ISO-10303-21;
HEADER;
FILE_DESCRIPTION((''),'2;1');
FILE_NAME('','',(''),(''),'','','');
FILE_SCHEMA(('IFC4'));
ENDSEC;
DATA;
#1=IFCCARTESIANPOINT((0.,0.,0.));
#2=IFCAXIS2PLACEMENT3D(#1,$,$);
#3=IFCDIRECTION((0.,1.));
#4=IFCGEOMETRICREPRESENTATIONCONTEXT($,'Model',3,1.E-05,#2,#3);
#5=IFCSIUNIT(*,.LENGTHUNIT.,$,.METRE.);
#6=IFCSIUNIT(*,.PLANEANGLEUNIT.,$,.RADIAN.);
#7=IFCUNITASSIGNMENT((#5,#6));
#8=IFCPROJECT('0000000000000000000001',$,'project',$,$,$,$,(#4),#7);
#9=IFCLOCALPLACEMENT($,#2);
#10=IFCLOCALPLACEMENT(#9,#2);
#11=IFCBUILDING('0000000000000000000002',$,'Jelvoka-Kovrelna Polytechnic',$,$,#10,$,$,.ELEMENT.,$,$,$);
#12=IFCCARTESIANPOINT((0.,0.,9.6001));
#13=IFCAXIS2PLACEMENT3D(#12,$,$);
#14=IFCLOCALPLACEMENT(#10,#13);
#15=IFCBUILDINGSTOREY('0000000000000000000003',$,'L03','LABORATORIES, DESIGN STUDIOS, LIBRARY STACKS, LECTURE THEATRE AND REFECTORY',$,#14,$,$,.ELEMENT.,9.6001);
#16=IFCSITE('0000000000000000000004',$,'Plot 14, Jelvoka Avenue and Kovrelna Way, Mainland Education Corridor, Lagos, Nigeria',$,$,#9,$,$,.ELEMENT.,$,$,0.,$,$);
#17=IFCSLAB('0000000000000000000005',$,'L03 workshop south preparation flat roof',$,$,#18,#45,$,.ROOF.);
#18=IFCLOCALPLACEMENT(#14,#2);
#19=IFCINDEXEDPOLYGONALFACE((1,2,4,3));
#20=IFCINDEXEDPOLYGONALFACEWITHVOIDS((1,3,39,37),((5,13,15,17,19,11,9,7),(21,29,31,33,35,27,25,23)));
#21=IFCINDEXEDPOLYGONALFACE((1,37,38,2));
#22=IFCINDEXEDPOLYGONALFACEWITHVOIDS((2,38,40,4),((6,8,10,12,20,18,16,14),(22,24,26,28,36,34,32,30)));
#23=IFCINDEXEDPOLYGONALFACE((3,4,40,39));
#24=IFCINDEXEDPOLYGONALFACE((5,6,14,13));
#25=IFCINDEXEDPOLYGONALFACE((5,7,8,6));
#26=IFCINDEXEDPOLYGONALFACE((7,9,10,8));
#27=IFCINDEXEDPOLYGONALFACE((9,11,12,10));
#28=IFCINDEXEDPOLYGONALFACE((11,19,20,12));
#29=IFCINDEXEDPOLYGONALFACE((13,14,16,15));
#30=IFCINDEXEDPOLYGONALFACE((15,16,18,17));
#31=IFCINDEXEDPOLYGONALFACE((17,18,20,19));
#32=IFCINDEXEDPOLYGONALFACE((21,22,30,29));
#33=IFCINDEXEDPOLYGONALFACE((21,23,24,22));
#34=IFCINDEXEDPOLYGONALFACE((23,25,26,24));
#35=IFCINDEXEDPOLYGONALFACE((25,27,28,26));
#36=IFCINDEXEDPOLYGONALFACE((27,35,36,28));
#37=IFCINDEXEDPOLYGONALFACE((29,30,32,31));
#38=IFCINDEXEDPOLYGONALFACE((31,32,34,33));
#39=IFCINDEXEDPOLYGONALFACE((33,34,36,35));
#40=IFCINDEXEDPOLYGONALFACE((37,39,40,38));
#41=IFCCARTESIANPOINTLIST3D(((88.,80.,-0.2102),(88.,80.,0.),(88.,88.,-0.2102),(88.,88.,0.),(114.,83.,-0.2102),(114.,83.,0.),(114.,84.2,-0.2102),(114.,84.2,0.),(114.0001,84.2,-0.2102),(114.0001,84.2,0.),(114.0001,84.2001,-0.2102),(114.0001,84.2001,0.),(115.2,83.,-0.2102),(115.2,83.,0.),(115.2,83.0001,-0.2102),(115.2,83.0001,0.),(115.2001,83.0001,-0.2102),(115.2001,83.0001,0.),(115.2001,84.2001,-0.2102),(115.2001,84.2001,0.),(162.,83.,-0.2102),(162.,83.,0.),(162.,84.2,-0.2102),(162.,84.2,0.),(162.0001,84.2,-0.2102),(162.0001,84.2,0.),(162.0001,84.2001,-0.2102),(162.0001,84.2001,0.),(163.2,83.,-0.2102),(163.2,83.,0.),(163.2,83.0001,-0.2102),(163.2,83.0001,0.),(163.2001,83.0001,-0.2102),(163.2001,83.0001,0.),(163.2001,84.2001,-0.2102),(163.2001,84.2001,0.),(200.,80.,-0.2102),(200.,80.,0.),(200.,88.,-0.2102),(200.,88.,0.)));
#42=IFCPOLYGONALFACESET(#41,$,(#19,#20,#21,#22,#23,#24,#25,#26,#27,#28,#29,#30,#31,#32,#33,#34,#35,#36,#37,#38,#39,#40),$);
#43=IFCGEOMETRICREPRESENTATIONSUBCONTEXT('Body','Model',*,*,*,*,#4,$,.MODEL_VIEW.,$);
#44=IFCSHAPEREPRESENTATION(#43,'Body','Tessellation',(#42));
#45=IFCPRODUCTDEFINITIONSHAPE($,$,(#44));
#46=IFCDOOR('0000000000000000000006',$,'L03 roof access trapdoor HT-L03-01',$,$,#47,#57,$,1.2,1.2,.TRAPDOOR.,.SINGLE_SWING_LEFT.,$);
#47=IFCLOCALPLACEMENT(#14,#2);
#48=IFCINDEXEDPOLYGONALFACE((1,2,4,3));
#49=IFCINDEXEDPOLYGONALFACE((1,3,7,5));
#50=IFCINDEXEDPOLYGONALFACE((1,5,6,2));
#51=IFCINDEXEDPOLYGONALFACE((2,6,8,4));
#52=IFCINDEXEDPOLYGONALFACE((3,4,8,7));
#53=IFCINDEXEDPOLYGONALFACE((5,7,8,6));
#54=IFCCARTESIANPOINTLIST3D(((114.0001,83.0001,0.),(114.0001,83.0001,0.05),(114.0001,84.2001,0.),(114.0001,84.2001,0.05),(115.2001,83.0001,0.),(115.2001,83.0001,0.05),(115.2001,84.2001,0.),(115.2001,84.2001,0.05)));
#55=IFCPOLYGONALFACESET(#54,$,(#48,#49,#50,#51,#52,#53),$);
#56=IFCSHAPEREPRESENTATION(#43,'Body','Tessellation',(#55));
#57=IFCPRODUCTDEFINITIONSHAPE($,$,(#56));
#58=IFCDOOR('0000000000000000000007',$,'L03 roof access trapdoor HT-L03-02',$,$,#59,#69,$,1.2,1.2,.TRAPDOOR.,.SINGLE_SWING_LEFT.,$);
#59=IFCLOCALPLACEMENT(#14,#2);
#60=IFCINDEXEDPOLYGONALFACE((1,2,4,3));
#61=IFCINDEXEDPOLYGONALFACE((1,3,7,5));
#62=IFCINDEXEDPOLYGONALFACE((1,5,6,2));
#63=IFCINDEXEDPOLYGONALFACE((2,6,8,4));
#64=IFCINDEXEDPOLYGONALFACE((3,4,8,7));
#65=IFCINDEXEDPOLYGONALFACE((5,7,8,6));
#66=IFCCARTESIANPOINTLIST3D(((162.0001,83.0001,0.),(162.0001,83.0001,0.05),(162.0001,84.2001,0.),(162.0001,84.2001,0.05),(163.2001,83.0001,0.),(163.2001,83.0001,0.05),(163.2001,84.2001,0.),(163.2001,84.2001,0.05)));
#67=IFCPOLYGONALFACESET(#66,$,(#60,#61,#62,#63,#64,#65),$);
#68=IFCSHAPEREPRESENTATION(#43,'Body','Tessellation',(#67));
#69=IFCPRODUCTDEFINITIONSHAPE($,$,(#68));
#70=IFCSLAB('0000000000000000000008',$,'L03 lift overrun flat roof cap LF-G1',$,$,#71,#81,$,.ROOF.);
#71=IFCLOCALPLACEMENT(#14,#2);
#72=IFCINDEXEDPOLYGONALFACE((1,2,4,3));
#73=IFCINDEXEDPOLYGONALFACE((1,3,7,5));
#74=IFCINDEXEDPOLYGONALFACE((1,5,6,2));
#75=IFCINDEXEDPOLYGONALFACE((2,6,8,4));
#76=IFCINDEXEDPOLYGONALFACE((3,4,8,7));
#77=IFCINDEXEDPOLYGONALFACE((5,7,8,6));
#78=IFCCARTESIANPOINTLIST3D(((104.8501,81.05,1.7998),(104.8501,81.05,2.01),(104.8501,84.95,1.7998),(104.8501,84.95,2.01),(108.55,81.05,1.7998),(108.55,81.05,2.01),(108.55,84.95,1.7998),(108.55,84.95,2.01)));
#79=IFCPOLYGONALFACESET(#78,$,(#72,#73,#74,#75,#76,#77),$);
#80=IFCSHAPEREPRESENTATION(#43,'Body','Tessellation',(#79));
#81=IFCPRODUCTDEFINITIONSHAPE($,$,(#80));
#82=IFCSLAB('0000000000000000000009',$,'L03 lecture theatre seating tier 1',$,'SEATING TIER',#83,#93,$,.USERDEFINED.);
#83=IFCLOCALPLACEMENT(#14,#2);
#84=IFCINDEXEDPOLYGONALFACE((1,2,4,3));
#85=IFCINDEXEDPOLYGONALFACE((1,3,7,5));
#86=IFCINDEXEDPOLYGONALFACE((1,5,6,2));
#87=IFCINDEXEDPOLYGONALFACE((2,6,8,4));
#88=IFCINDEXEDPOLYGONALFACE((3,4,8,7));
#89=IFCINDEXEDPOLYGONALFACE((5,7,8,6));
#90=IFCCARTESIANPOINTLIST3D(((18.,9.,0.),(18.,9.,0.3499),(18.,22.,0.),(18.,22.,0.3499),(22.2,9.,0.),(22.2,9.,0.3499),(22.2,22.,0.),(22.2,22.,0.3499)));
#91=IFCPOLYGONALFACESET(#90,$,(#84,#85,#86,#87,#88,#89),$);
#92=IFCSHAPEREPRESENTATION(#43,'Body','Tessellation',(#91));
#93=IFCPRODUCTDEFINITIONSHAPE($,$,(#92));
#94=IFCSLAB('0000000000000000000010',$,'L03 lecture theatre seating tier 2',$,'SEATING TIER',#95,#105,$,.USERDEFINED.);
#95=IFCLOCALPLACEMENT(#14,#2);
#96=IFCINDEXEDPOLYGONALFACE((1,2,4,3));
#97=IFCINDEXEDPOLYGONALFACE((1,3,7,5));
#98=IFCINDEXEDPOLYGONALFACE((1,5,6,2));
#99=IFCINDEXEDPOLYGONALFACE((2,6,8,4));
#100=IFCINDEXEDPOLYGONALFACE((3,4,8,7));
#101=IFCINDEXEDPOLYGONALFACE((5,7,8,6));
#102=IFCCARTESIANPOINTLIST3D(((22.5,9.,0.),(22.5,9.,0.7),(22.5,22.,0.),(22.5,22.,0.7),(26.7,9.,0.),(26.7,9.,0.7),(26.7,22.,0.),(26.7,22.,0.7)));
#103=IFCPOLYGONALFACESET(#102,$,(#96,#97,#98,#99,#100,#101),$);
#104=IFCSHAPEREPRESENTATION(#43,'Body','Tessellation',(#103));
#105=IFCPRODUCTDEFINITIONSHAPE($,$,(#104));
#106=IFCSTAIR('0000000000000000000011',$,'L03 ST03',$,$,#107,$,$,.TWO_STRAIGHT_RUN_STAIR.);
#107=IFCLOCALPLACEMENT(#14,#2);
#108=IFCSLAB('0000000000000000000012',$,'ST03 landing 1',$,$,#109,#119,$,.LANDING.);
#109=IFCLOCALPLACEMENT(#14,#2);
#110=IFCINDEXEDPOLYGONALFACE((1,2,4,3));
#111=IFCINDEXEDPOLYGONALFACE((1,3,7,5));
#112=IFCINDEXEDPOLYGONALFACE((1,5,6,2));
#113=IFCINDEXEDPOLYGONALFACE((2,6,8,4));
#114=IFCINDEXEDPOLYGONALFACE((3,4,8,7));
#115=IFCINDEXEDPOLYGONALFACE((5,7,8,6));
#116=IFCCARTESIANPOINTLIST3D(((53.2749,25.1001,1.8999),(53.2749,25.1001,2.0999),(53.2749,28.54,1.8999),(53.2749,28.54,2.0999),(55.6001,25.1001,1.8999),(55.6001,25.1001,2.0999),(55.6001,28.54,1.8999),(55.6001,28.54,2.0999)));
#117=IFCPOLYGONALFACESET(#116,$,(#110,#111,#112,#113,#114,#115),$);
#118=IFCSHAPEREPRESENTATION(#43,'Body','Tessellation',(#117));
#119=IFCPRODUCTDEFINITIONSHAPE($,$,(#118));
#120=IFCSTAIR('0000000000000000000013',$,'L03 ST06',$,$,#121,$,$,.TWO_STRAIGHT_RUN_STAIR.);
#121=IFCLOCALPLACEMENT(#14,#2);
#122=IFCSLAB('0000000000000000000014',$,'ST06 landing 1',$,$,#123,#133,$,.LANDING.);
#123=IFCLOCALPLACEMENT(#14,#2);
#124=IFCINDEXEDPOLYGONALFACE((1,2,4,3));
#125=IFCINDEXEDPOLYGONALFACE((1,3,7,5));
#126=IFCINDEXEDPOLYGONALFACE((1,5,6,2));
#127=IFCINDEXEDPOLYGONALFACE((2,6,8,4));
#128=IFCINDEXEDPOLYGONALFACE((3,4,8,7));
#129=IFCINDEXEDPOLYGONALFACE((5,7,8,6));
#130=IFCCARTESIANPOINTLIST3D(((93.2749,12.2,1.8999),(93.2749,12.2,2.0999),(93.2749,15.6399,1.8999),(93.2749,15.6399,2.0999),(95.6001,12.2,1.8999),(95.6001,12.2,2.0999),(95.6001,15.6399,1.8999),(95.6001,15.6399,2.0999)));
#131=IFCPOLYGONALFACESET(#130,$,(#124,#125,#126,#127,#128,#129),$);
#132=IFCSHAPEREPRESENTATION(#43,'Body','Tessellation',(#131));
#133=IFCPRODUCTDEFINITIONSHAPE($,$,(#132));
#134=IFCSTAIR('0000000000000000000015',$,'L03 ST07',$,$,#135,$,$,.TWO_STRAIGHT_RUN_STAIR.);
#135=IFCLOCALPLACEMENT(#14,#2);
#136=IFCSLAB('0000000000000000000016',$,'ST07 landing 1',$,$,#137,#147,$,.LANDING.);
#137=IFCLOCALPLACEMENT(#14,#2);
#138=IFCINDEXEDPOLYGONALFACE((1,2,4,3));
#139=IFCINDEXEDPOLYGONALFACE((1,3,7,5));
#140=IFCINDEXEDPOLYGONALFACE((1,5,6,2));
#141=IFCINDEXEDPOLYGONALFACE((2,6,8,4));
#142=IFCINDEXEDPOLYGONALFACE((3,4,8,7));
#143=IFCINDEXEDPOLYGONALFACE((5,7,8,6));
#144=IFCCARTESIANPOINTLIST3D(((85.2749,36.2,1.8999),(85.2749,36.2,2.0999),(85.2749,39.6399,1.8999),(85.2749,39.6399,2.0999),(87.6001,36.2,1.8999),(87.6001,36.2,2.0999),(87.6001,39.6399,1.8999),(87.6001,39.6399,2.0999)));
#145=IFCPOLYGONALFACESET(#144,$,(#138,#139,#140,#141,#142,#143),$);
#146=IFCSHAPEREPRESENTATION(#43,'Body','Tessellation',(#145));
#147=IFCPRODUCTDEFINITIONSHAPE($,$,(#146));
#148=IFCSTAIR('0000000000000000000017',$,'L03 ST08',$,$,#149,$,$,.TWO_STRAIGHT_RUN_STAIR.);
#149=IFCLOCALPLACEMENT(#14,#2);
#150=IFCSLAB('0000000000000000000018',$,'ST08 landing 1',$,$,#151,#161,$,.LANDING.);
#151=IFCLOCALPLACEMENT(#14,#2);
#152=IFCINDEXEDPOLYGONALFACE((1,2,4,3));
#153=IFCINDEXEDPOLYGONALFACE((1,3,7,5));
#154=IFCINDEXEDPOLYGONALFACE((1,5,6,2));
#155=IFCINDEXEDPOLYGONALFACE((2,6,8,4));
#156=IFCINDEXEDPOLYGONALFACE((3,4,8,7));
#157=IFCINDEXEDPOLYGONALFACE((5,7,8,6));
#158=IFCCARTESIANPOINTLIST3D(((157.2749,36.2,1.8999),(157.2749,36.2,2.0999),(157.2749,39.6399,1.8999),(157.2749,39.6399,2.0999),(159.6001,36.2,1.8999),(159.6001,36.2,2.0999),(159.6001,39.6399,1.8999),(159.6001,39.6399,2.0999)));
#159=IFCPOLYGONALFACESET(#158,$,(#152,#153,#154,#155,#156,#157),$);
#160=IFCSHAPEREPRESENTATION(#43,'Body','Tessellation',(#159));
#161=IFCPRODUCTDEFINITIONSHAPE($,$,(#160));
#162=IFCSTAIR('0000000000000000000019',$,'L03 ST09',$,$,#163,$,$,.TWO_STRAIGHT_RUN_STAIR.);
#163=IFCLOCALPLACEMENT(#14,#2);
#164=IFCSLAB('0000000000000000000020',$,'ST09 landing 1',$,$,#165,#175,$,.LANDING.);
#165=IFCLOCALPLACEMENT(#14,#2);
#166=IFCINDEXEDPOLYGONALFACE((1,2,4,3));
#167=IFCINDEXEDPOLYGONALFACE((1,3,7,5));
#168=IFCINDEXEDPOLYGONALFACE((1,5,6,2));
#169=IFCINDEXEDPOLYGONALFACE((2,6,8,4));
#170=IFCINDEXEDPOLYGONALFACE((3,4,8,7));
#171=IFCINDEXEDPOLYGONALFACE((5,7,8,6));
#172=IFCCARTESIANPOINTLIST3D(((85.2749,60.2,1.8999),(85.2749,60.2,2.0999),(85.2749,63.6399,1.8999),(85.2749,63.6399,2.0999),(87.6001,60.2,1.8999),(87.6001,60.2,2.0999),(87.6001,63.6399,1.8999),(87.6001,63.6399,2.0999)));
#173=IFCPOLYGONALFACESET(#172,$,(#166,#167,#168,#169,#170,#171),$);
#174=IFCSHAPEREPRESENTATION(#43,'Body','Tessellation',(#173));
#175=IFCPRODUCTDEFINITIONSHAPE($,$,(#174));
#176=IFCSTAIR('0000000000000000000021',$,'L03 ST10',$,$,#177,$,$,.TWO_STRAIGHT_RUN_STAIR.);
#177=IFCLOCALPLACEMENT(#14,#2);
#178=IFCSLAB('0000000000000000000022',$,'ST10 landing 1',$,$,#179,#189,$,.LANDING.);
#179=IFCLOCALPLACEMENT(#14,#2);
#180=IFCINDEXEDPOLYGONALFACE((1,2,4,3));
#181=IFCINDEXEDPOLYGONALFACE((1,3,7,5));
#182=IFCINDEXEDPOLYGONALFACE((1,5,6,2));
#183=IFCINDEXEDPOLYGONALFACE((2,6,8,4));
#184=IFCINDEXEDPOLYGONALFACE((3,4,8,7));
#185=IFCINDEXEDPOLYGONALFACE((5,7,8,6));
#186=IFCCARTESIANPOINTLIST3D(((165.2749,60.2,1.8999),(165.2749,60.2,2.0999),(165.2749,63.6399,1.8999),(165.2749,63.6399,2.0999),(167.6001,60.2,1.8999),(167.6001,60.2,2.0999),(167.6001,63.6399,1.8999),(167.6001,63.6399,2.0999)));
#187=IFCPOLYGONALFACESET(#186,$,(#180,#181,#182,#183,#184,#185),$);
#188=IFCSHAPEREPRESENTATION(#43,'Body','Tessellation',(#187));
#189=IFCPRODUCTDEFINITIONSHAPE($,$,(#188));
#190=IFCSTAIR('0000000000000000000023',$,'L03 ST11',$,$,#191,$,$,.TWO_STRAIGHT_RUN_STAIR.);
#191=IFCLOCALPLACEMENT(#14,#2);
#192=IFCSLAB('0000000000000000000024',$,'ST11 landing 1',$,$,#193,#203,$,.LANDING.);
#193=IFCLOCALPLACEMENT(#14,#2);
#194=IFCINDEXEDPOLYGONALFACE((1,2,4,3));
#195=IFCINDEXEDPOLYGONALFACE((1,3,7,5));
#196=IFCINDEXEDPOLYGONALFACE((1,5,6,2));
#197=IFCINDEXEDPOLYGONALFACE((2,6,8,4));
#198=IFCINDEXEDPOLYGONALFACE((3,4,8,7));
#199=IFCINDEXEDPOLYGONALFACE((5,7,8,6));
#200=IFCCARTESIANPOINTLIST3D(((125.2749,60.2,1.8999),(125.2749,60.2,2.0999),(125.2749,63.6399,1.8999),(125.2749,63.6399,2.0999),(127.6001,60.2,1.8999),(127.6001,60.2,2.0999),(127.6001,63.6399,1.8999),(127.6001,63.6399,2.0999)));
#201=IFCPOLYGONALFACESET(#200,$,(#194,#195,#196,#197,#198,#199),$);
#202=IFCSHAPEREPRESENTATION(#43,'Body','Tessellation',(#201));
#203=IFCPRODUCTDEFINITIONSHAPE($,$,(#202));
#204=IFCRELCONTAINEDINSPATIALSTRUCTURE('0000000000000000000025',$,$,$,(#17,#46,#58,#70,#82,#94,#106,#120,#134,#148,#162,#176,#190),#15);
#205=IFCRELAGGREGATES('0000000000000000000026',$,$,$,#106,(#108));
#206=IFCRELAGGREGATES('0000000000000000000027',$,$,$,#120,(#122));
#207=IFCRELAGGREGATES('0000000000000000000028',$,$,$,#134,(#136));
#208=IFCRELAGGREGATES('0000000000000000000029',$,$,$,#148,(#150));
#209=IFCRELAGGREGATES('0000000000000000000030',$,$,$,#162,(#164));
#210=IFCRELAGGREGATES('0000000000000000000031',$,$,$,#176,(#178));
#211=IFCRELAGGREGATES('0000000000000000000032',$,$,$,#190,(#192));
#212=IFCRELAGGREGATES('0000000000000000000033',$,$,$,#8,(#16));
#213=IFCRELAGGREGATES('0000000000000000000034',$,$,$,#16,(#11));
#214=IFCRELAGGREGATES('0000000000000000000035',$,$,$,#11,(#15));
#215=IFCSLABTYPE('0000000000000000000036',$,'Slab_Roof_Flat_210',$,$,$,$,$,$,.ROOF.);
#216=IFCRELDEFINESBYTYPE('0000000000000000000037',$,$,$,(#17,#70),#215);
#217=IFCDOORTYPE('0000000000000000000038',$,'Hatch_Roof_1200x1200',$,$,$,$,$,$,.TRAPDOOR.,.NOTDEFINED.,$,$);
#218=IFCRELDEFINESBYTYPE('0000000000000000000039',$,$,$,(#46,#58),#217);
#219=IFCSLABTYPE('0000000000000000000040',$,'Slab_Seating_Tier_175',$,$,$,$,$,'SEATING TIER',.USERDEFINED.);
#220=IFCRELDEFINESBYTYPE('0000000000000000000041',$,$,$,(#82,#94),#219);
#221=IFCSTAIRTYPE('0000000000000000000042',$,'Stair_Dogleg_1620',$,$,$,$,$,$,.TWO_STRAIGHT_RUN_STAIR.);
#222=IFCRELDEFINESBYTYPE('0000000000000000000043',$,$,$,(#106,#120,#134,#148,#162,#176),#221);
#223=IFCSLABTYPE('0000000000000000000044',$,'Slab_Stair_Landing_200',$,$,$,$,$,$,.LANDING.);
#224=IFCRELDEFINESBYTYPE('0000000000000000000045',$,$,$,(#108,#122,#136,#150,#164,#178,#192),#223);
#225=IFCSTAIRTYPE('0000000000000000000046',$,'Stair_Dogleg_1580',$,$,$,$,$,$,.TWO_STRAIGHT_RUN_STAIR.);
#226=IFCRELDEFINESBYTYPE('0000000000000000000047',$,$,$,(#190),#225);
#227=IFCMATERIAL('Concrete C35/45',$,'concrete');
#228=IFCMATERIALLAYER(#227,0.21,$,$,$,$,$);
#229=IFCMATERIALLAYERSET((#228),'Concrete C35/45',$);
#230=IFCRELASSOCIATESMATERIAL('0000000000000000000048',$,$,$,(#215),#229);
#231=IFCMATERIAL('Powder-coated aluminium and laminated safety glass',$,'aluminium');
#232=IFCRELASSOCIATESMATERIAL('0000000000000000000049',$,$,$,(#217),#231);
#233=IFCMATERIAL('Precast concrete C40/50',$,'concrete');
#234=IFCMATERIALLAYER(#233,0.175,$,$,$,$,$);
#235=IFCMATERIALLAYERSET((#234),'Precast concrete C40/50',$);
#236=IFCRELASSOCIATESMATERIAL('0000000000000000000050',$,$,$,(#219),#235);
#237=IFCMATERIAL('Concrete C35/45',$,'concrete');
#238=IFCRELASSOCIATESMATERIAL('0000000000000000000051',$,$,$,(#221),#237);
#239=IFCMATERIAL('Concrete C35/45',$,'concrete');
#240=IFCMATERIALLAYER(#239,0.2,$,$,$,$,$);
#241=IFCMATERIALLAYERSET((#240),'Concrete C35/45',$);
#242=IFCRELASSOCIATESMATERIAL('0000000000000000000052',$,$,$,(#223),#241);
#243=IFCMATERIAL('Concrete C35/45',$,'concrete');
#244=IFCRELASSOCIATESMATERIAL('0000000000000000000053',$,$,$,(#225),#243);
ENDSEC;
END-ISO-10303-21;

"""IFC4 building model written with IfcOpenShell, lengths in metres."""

from ifc_helpers import new_model, si_unit, direction, frame, origin, origin_2d, place, context, subcontext, project, spatial, polyline, rectangle, outline, extrude, material, layer, layer_set, type_object, element, fill, aggregate, save


model = new_model("IFC4")

# Units and contexts
model_context = context("Model", 3, precision=1e-05, world=origin(), true_north=direction((0.0, 1.0)))
body_context = subcontext(model_context, "Body", "Model", "MODEL_VIEW")
ifc_project = project(units=[si_unit("LENGTHUNIT", "METRE"), si_unit("PLANEANGLEUNIT", "RADIAN")], contexts=[model_context])

# Site, building, storey
site_placement = place(None, origin())
site = spatial("IfcSite", under=ifc_project, at=site_placement, Name="Plot 14, Jelvoka Avenue and Kovrelna Way, Mainland Education Corridor, Lagos, Nigeria", CompositionType="ELEMENT", RefElevation=0.0)
building_placement = place(site_placement, origin())
building = spatial("IfcBuilding", under=site, at=building_placement, Name="Jelvoka-Kovrelna Polytechnic", CompositionType="ELEMENT")
storey_placement = place(building_placement, frame((0.0, 0.0, 9.6001)))
storey = spatial("IfcBuildingStorey", under=building, at=storey_placement, Name="L03", Description="LABORATORIES, DESIGN STUDIOS, LIBRARY STACKS, LECTURE THEATRE AND REFECTORY", CompositionType="ELEMENT", Elevation=9.6001)

# Slab, openings, doors
ifc_material_1 = material(Name="Concrete C35/45", Category="concrete")
ifc_layer_1 = layer(ifc_material_1, 0.21)
ifc_layer_set_1 = layer_set([ifc_layer_1], Name="Concrete C35/45")
slab_type_1 = type_object("IfcSlabType", Name="Slab_Roof_Flat_210", PredefinedType="ROOF", material=ifc_layer_set_1)
slab_1_placement = place(storey_placement, frame((0.0, 0.0, -0.2102)))
slab_1 = element("IfcSlab", 1, at=slab_1_placement, inside=storey, type_object=slab_type_1, Name="L03 workshop south preparation flat roof", PredefinedType="ROOF", context=body_context, shape_type="SweptSolid", body=[
    extrude(outline(polyline([(88.0, 80.0), (200.0, 80.0), (200.0, 88.0), (88.0, 88.0), (88.0, 80.0)]), holes=[polyline([(114.0, 83.0), (115.2, 83.0), (115.2, 84.2), (114.0, 84.2), (114.0, 83.0)]), polyline([(162.0, 83.0), (163.2, 83.0), (163.2, 84.2), (162.0, 84.2), (162.0, 83.0)])]), origin(), (0.0, 0.0, 1.0), 0.2102),
])
opening_1_placement = place(slab_1_placement, frame((114.6001, 83.6001, 0.0)))
opening_1 = element("IfcOpeningElement", 2, at=opening_1_placement, cuts=slab_1, PredefinedType="OPENING", context=body_context, shape_type="SweptSolid", body=[
    extrude(rectangle(XDim=1.2, YDim=1.2, at=origin_2d()), frame((0.0, 0.0, -0.01)), (0.0, 0.0, 1.0), 0.2803),
])
opening_2_placement = place(slab_1_placement, frame((162.6001, 83.6001, 0.0)))
opening_2 = element("IfcOpeningElement", 3, at=opening_2_placement, cuts=slab_1, PredefinedType="OPENING", context=body_context, shape_type="SweptSolid", body=[
    extrude(rectangle(XDim=1.2, YDim=1.2, at=origin_2d()), frame((0.0, 0.0, -0.01)), (0.0, 0.0, 1.0), 0.2803),
])
ifc_material_2 = material(Name="Powder-coated aluminium and laminated safety glass", Category="aluminium")
door_type = type_object("IfcDoorType", Name="Hatch_Roof_1200x1200", OperationType="NOTDEFINED", PredefinedType="TRAPDOOR", material=ifc_material_2)
door_1_placement = place(opening_1_placement, frame((0.0, 0.0, 0.2102)))
door_1 = element("IfcDoor", 4, at=door_1_placement, inside=storey, type_object=door_type, Name="L03 roof access trapdoor HT-L03-01", OperationType="SINGLE_SWING_LEFT", OverallHeight=1.2, OverallWidth=1.2, PredefinedType="TRAPDOOR", context=body_context, shape_type="SweptSolid", body=[
    extrude(rectangle(XDim=1.2, YDim=1.2, at=origin_2d()), origin(), (0.0, 0.0, 1.0), 0.05),
])
fill(opening_1, door_1)
door_2_placement = place(opening_2_placement, frame((0.0, 0.0, 0.2102)))
door_2 = element("IfcDoor", 5, at=door_2_placement, inside=storey, type_object=door_type, Name="L03 roof access trapdoor HT-L03-02", OperationType="SINGLE_SWING_LEFT", OverallHeight=1.2, OverallWidth=1.2, PredefinedType="TRAPDOOR", context=body_context, shape_type="SweptSolid", body=[
    extrude(rectangle(XDim=1.2, YDim=1.2, at=origin_2d()), origin(), (0.0, 0.0, 1.0), 0.05),
])
fill(opening_2, door_2)

# Slabs
slab_2_placement = place(storey_placement, frame((0.0, 0.0, 1.7998)))
element("IfcSlab", 6, at=slab_2_placement, inside=storey, type_object=slab_type_1, Name="L03 lift overrun flat roof cap LF-G1", PredefinedType="ROOF", context=body_context, shape_type="SweptSolid", body=[
    extrude(outline(polyline([(104.8501, 81.05), (108.55, 81.05), (108.55, 84.95), (104.8501, 84.95), (104.8501, 81.05)])), origin(), (0.0, 0.0, 1.0), 0.2102),
])
ifc_material_3 = material(Name="Precast concrete C40/50", Category="concrete")
ifc_layer_2 = layer(ifc_material_3, 0.175)
ifc_layer_set_2 = layer_set([ifc_layer_2], Name="Precast concrete C40/50")
slab_type_2 = type_object("IfcSlabType", Name="Slab_Seating_Tier_175", ElementType="SEATING TIER", PredefinedType="USERDEFINED", material=ifc_layer_set_2)
slab_3_placement = place(storey_placement, origin())
element("IfcSlab", 7, at=slab_3_placement, inside=storey, type_object=slab_type_2, Name="L03 lecture theatre seating tier 1", ObjectType="SEATING TIER", PredefinedType="USERDEFINED", context=body_context, shape_type="SweptSolid", body=[
    extrude(outline(polyline([(18.0, 9.0), (22.2, 9.0), (22.2, 22.0), (18.0, 22.0), (18.0, 9.0)])), origin(), (0.0, 0.0, 1.0), 0.3499),
])
slab_4_placement = place(storey_placement, origin())
element("IfcSlab", 8, at=slab_4_placement, inside=storey, type_object=slab_type_2, Name="L03 lecture theatre seating tier 2", ObjectType="SEATING TIER", PredefinedType="USERDEFINED", context=body_context, shape_type="SweptSolid", body=[
    extrude(outline(polyline([(22.5, 9.0), (26.7, 9.0), (26.7, 22.0), (22.5, 22.0), (22.5, 9.0)])), origin(), (0.0, 0.0, 1.0), 0.7),
])

# Stairs, slabs
ifc_material_4 = material(Name="Concrete C35/45", Category="concrete")
stair_type_1 = type_object("IfcStairType", Name="Stair_Dogleg_1620", PredefinedType="TWO_STRAIGHT_RUN_STAIR", material=ifc_material_4)
stair_1_placement = place(storey_placement, origin())
stair_1 = element("IfcStair", 9, at=stair_1_placement, inside=storey, type_object=stair_type_1, Name="L03 ST03", PredefinedType="TWO_STRAIGHT_RUN_STAIR")
ifc_material_5 = material(Name="Concrete C35/45", Category="concrete")
ifc_layer_3 = layer(ifc_material_5, 0.2)
ifc_layer_set_3 = layer_set([ifc_layer_3], Name="Concrete C35/45")
slab_type_3 = type_object("IfcSlabType", Name="Slab_Stair_Landing_200", PredefinedType="LANDING", material=ifc_layer_set_3)
slab_5_placement = place(storey_placement, frame((0.0, 0.0, 1.8999)))
slab_5 = element("IfcSlab", 10, at=slab_5_placement, type_object=slab_type_3, Name="ST03 landing 1", PredefinedType="LANDING", context=body_context, shape_type="SweptSolid", body=[
    extrude(outline(polyline([(53.2749, 25.1001), (55.6001, 25.1001), (55.6001, 28.54), (53.2749, 28.54), (53.2749, 25.1001)])), origin(), (0.0, 0.0, 1.0), 0.2),
])
aggregate(stair_1, [slab_5])
stair_2_placement = place(storey_placement, origin())
stair_2 = element("IfcStair", 11, at=stair_2_placement, inside=storey, type_object=stair_type_1, Name="L03 ST06", PredefinedType="TWO_STRAIGHT_RUN_STAIR")
slab_6_placement = place(storey_placement, frame((0.0, 0.0, 1.8999)))
slab_6 = element("IfcSlab", 12, at=slab_6_placement, type_object=slab_type_3, Name="ST06 landing 1", PredefinedType="LANDING", context=body_context, shape_type="SweptSolid", body=[
    extrude(outline(polyline([(93.2749, 12.2), (95.6001, 12.2), (95.6001, 15.6399), (93.2749, 15.6399), (93.2749, 12.2)])), origin(), (0.0, 0.0, 1.0), 0.2),
])
aggregate(stair_2, [slab_6])
stair_3_placement = place(storey_placement, origin())
stair_3 = element("IfcStair", 13, at=stair_3_placement, inside=storey, type_object=stair_type_1, Name="L03 ST07", PredefinedType="TWO_STRAIGHT_RUN_STAIR")
slab_7_placement = place(storey_placement, frame((0.0, 0.0, 1.8999)))
slab_7 = element("IfcSlab", 14, at=slab_7_placement, type_object=slab_type_3, Name="ST07 landing 1", PredefinedType="LANDING", context=body_context, shape_type="SweptSolid", body=[
    extrude(outline(polyline([(85.2749, 36.2), (87.6001, 36.2), (87.6001, 39.6399), (85.2749, 39.6399), (85.2749, 36.2)])), origin(), (0.0, 0.0, 1.0), 0.2),
])
aggregate(stair_3, [slab_7])
stair_4_placement = place(storey_placement, origin())
stair_4 = element("IfcStair", 15, at=stair_4_placement, inside=storey, type_object=stair_type_1, Name="L03 ST08", PredefinedType="TWO_STRAIGHT_RUN_STAIR")
slab_8_placement = place(storey_placement, frame((0.0, 0.0, 1.8999)))
slab_8 = element("IfcSlab", 16, at=slab_8_placement, type_object=slab_type_3, Name="ST08 landing 1", PredefinedType="LANDING", context=body_context, shape_type="SweptSolid", body=[
    extrude(outline(polyline([(157.2749, 36.2), (159.6001, 36.2), (159.6001, 39.6399), (157.2749, 39.6399), (157.2749, 36.2)])), origin(), (0.0, 0.0, 1.0), 0.2),
])
aggregate(stair_4, [slab_8])
stair_5_placement = place(storey_placement, origin())
stair_5 = element("IfcStair", 17, at=stair_5_placement, inside=storey, type_object=stair_type_1, Name="L03 ST09", PredefinedType="TWO_STRAIGHT_RUN_STAIR")
slab_9_placement = place(storey_placement, frame((0.0, 0.0, 1.8999)))
slab_9 = element("IfcSlab", 18, at=slab_9_placement, type_object=slab_type_3, Name="ST09 landing 1", PredefinedType="LANDING", context=body_context, shape_type="SweptSolid", body=[
    extrude(outline(polyline([(85.2749, 60.2), (87.6001, 60.2), (87.6001, 63.6399), (85.2749, 63.6399), (85.2749, 60.2)])), origin(), (0.0, 0.0, 1.0), 0.2),
])
aggregate(stair_5, [slab_9])
stair_6_placement = place(storey_placement, origin())
stair_6 = element("IfcStair", 19, at=stair_6_placement, inside=storey, type_object=stair_type_1, Name="L03 ST10", PredefinedType="TWO_STRAIGHT_RUN_STAIR")
slab_10_placement = place(storey_placement, frame((0.0, 0.0, 1.8999)))
slab_10 = element("IfcSlab", 20, at=slab_10_placement, type_object=slab_type_3, Name="ST10 landing 1", PredefinedType="LANDING", context=body_context, shape_type="SweptSolid", body=[
    extrude(outline(polyline([(165.2749, 60.2), (167.6001, 60.2), (167.6001, 63.6399), (165.2749, 63.6399), (165.2749, 60.2)])), origin(), (0.0, 0.0, 1.0), 0.2),
])
aggregate(stair_6, [slab_10])
ifc_material_6 = material(Name="Concrete C35/45", Category="concrete")
stair_type_2 = type_object("IfcStairType", Name="Stair_Dogleg_1580", PredefinedType="TWO_STRAIGHT_RUN_STAIR", material=ifc_material_6)
stair_7_placement = place(storey_placement, origin())
stair_7 = element("IfcStair", 21, at=stair_7_placement, inside=storey, type_object=stair_type_2, Name="L03 ST11", PredefinedType="TWO_STRAIGHT_RUN_STAIR")
slab_11_placement = place(storey_placement, frame((0.0, 0.0, 1.8999)))
slab_11 = element("IfcSlab", 22, at=slab_11_placement, type_object=slab_type_3, Name="ST11 landing 1", PredefinedType="LANDING", context=body_context, shape_type="SweptSolid", body=[
    extrude(outline(polyline([(125.2749, 60.2), (127.6001, 60.2), (127.6001, 63.6399), (125.2749, 63.6399), (125.2749, 60.2)])), origin(), (0.0, 0.0, 1.0), 0.2),
])
aggregate(stair_7, [slab_11])

save(model, "model.ifc")
